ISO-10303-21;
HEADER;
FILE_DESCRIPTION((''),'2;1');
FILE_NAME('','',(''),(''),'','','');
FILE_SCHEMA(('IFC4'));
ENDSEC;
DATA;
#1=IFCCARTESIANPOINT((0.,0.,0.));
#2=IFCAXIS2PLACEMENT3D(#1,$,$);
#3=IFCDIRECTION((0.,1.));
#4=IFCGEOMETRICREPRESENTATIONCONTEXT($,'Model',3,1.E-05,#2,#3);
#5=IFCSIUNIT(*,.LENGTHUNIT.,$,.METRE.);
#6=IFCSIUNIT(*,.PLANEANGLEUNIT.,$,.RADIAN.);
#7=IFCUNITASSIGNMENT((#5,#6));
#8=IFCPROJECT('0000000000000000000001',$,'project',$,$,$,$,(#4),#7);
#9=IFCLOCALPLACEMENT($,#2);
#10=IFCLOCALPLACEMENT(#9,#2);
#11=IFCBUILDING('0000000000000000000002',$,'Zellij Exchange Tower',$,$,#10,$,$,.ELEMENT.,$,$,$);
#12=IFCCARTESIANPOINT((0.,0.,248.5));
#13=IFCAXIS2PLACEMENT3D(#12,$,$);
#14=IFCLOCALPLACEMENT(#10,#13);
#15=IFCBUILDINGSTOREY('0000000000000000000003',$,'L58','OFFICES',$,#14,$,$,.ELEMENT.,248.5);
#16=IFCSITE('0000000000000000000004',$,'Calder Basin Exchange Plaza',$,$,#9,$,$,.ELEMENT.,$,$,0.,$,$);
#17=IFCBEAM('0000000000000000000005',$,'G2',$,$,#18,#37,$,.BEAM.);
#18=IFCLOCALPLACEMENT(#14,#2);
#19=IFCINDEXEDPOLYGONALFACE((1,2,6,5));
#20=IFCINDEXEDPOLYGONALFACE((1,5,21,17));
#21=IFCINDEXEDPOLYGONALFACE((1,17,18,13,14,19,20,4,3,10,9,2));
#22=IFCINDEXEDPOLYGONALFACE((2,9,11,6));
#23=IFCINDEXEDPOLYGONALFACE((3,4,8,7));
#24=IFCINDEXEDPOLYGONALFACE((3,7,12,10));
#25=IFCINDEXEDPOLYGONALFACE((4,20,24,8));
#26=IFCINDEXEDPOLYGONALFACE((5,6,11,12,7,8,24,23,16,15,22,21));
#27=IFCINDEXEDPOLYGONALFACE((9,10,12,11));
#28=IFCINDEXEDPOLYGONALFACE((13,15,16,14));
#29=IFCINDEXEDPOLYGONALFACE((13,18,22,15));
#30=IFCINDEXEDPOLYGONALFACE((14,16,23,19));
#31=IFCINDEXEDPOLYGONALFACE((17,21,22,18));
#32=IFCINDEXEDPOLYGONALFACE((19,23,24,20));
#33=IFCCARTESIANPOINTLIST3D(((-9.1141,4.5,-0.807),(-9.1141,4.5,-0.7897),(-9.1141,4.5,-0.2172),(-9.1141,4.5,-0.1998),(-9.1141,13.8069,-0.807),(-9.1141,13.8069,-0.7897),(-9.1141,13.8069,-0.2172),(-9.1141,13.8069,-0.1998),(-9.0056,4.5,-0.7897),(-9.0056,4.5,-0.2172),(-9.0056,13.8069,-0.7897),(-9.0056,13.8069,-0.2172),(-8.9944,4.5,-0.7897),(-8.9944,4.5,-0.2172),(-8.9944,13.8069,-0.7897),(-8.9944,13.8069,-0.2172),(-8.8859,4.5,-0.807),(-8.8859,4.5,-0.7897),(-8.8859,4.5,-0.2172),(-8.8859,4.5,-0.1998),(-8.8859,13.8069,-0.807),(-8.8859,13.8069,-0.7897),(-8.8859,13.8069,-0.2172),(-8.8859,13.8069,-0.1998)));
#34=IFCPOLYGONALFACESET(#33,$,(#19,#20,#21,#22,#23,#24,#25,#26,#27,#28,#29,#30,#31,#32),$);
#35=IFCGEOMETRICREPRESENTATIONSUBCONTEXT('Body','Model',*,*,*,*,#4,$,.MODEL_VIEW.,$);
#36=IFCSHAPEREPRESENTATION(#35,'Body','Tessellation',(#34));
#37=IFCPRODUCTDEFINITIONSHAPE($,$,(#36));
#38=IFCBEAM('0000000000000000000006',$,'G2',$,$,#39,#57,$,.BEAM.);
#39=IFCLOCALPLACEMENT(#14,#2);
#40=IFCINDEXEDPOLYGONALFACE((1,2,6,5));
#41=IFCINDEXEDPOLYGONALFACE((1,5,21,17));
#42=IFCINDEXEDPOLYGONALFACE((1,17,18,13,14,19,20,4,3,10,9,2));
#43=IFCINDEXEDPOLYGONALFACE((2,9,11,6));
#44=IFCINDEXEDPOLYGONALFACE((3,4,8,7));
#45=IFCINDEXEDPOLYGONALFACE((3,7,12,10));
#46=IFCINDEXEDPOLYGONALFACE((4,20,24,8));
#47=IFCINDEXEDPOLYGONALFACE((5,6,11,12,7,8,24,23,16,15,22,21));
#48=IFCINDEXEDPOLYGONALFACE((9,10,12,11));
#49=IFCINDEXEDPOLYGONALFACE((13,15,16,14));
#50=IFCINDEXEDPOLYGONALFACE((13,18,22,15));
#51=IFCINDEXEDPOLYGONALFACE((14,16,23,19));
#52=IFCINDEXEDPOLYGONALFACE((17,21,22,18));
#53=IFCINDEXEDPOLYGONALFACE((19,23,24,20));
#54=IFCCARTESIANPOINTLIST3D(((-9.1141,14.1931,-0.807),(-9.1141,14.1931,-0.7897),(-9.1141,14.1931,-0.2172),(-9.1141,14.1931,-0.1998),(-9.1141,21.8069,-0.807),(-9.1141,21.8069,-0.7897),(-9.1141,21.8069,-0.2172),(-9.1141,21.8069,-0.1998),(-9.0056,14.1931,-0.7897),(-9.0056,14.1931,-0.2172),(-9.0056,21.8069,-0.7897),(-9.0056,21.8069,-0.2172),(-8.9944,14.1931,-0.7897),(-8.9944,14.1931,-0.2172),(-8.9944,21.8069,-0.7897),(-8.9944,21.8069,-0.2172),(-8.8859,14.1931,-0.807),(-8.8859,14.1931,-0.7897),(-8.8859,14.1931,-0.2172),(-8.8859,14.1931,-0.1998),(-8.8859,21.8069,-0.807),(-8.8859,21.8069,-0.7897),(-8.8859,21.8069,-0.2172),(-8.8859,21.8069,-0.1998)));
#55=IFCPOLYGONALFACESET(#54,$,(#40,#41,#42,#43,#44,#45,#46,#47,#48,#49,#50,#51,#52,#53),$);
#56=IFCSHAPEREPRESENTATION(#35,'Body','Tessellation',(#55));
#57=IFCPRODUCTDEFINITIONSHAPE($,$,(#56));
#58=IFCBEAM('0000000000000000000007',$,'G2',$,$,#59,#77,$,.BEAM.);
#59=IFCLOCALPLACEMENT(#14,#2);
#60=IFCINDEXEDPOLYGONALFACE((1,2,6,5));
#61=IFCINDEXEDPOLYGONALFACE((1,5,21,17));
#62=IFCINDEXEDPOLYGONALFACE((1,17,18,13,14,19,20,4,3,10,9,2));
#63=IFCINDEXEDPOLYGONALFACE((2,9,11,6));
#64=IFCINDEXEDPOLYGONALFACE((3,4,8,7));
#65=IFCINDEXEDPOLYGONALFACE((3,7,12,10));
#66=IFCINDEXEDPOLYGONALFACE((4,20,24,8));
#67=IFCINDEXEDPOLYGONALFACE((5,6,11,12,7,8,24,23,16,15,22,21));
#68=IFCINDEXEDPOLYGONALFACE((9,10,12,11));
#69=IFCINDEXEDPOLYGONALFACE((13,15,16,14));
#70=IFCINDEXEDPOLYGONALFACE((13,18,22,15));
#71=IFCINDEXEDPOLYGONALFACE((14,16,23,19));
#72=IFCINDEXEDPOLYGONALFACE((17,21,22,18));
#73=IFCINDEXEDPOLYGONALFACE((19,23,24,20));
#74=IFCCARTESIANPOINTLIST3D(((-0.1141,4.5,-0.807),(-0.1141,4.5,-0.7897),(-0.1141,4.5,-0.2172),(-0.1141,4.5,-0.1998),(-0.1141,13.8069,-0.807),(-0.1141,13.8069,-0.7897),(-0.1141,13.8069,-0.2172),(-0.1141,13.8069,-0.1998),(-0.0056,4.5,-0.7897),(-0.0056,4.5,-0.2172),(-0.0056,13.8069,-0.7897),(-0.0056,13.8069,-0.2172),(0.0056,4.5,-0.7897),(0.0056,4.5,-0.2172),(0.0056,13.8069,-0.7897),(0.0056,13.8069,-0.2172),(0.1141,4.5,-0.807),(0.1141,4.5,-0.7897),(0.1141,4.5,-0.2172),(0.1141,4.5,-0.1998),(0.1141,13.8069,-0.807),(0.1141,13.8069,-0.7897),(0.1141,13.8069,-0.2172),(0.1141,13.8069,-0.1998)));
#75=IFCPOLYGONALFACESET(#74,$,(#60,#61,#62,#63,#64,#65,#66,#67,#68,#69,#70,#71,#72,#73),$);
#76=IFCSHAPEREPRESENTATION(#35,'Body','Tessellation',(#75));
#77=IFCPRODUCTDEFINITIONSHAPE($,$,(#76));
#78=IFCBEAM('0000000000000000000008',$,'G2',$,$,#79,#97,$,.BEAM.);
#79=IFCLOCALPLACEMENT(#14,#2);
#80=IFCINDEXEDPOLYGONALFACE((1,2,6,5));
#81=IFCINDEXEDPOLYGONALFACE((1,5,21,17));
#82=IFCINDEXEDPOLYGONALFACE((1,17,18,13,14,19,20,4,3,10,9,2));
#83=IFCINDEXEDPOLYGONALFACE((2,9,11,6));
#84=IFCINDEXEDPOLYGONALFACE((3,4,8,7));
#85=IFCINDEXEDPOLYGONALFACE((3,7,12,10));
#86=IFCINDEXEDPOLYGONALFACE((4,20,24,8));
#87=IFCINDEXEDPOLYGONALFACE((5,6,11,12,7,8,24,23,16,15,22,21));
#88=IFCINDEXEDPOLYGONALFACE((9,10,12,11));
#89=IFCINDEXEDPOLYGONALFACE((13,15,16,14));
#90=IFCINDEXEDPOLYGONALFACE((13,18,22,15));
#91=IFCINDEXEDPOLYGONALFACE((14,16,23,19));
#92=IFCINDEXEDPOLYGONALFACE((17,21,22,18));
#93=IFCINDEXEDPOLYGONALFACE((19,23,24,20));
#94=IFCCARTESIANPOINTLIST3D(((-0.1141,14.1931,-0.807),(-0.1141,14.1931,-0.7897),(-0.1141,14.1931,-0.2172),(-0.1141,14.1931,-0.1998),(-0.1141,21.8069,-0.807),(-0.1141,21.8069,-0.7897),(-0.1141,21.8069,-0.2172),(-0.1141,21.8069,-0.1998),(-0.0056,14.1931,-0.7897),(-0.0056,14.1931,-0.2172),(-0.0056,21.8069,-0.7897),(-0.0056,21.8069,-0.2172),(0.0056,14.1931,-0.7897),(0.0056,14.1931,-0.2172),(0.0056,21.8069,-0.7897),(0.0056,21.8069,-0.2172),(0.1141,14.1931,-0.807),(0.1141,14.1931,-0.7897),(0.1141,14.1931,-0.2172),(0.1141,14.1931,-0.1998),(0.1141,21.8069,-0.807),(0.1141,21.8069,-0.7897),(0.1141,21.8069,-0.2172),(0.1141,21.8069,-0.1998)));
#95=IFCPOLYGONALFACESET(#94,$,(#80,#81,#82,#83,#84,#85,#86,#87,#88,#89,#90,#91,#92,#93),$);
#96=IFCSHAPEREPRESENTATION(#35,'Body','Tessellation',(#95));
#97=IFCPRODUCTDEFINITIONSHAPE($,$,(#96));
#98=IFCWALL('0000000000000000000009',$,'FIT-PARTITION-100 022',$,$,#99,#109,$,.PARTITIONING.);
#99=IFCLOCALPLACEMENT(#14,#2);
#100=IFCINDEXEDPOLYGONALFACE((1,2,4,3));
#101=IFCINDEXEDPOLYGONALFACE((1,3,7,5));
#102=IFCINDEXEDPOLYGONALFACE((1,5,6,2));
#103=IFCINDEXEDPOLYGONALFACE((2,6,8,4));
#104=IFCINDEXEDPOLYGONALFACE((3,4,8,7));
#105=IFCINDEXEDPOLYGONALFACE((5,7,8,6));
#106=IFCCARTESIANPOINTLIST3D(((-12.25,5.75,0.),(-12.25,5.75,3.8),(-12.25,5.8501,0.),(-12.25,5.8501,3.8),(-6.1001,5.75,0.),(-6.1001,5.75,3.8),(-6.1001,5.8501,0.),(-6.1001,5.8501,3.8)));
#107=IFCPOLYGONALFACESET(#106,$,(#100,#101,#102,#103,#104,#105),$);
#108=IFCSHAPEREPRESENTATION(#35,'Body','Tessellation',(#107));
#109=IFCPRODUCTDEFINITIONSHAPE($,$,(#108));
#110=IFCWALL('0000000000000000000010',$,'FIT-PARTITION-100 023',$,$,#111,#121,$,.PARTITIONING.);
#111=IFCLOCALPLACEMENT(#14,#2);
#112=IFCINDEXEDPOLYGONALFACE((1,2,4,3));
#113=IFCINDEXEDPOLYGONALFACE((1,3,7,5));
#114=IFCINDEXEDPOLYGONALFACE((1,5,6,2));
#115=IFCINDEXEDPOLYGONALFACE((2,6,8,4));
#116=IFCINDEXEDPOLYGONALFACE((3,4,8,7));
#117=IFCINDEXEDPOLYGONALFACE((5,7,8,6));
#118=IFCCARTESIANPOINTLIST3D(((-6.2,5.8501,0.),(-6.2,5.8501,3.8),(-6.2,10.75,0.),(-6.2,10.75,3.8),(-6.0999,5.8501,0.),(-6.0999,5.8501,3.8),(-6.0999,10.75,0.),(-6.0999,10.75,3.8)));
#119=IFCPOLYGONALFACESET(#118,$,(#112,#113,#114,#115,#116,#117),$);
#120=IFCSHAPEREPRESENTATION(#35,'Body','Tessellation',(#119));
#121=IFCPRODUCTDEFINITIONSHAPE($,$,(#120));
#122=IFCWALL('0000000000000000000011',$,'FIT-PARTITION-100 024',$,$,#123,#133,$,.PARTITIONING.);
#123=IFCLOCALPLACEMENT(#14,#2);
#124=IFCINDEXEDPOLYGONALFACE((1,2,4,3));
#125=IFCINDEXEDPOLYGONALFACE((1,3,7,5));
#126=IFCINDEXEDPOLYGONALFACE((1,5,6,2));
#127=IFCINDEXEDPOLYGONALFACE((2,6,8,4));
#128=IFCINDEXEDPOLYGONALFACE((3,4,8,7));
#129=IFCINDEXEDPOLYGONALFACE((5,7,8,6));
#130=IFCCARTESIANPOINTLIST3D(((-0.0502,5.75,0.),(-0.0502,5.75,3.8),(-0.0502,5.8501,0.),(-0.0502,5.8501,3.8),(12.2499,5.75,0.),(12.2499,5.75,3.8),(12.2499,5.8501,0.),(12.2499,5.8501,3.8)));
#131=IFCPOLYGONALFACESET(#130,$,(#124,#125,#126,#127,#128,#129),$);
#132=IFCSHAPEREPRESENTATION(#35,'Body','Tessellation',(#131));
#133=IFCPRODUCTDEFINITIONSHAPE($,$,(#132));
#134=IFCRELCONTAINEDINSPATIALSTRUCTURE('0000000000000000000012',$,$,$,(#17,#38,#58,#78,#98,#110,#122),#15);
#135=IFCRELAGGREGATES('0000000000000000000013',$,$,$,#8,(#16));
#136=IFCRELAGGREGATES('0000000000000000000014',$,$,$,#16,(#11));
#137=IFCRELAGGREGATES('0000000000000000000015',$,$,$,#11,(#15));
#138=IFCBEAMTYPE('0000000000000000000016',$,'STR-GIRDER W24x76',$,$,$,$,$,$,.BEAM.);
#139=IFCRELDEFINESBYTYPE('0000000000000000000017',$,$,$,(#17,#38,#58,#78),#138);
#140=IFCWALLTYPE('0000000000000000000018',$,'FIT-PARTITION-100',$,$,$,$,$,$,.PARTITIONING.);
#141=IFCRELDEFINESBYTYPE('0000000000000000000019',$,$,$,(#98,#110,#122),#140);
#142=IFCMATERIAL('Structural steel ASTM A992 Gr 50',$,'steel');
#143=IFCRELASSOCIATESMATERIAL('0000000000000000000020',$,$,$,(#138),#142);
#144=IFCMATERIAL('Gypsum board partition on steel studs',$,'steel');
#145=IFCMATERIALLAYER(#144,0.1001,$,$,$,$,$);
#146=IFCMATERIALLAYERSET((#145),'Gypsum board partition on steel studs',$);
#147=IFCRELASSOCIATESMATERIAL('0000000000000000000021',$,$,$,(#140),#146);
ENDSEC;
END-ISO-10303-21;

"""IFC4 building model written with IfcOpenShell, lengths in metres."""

from ifc_helpers import new_model, si_unit, direction, frame, frame_2d, origin, origin_2d, place, context, subcontext, project, spatial, rectangle, i_section, extrude, material, layer, layer_set, material_profile, profile_set, type_object, element, save


model = new_model("IFC4")

# Units and contexts
model_context = context("Model", 3, precision=1e-05, world=origin(), true_north=direction((0.0, 1.0)))
body_context = subcontext(model_context, "Body", "Model", "MODEL_VIEW")
ifc_project = project(units=[si_unit("LENGTHUNIT", "METRE"), si_unit("PLANEANGLEUNIT", "RADIAN")], contexts=[model_context])

# Site, building, storey
site_placement = place(None, origin())
site = spatial("IfcSite", under=ifc_project, at=site_placement, Name="Calder Basin Exchange Plaza", CompositionType="ELEMENT", RefElevation=0.0)
building_placement = place(site_placement, origin())
building = spatial("IfcBuilding", under=site, at=building_placement, Name="Zellij Exchange Tower", CompositionType="ELEMENT")
storey_placement = place(building_placement, frame((0.0, 0.0, 248.5)))
storey = spatial("IfcBuildingStorey", under=building, at=storey_placement, Name="L58", Description="OFFICES", CompositionType="ELEMENT", Elevation=248.5)

# Shared definitions
ifc_material_1 = material(Name="Structural steel ASTM A992 Gr 50", Category="steel")

# Beams
ifc_material_profile_1 = material_profile(ifc_material_1, i_section(OverallWidth=0.2283, OverallDepth=0.6072, WebThickness=0.0112, FlangeThickness=0.0173, at=origin_2d()), Name="W24x76")
ifc_profile_set_1 = profile_set([ifc_material_profile_1], Name="Structural steel ASTM A992 Gr 50")
beam_type = type_object("IfcBeamType", Name="STR-GIRDER W24x76", PredefinedType="BEAM", material=ifc_profile_set_1)
beam_1_placement = place(storey_placement, frame((-9.0, 4.5, -0.5034), z_axis=(0.0, 1.0, 0.0), x_axis=(-1.0, 0.0, 0.0)))
element("IfcBeam", 1, at=beam_1_placement, inside=storey, type_object=beam_type, Name="G2", PredefinedType="BEAM", context=body_context, shape_type="SweptSolid", body=[
    extrude(i_section(OverallWidth=0.2283, OverallDepth=0.6072, WebThickness=0.0112, FlangeThickness=0.0173, at=origin_2d()), origin(), (0.0, 0.0, 1.0), 9.3069),
])
beam_2_placement = place(storey_placement, frame((-9.0, 14.1931, -0.5034), z_axis=(0.0, 1.0, 0.0), x_axis=(-1.0, 0.0, 0.0)))
element("IfcBeam", 2, at=beam_2_placement, inside=storey, type_object=beam_type, Name="G2", PredefinedType="BEAM", context=body_context, shape_type="SweptSolid", body=[
    extrude(i_section(OverallWidth=0.2283, OverallDepth=0.6072, WebThickness=0.0112, FlangeThickness=0.0173, at=origin_2d()), origin(), (0.0, 0.0, 1.0), 7.6138),
])
beam_3_placement = place(storey_placement, frame((0.0, 4.5, -0.5034), z_axis=(0.0, 1.0, 0.0), x_axis=(-1.0, 0.0, 0.0)))
element("IfcBeam", 3, at=beam_3_placement, inside=storey, type_object=beam_type, Name="G2", PredefinedType="BEAM", context=body_context, shape_type="SweptSolid", body=[
    extrude(i_section(OverallWidth=0.2283, OverallDepth=0.6072, WebThickness=0.0112, FlangeThickness=0.0173, at=origin_2d()), origin(), (0.0, 0.0, 1.0), 9.3069),
])
beam_4_placement = place(storey_placement, frame((0.0, 14.1931, -0.5034), z_axis=(0.0, 1.0, 0.0), x_axis=(-1.0, 0.0, 0.0)))
element("IfcBeam", 4, at=beam_4_placement, inside=storey, type_object=beam_type, Name="G2", PredefinedType="BEAM", context=body_context, shape_type="SweptSolid", body=[
    extrude(i_section(OverallWidth=0.2283, OverallDepth=0.6072, WebThickness=0.0112, FlangeThickness=0.0173, at=origin_2d()), origin(), (0.0, 0.0, 1.0), 7.6138),
])

# Walls
ifc_material_2 = material(Name="Gypsum board partition on steel studs", Category="steel")
ifc_layer = layer(ifc_material_2, 0.1001)
ifc_layer_set = layer_set([ifc_layer], Name="Gypsum board partition on steel studs")
wall_type = type_object("IfcWallType", Name="FIT-PARTITION-100", PredefinedType="PARTITIONING", material=ifc_layer_set)
wall_1_placement = place(storey_placement, frame((-12.25, 5.8, 0.0), z_axis=(0.0, 0.0, 1.0), x_axis=(1.0, 0.0, 0.0)))
element("IfcWall", 5, at=wall_1_placement, inside=storey, type_object=wall_type, Name="FIT-PARTITION-100 022", PredefinedType="PARTITIONING", context=body_context, shape_type="SweptSolid", body=[
    extrude(rectangle(XDim=6.1499, YDim=0.1001, at=frame_2d((3.075, 0.0))), origin(), (0.0, 0.0, 1.0), 3.8),
])
wall_2_placement = place(storey_placement, frame((-6.1499, 5.8501, 0.0), z_axis=(0.0, 0.0, 1.0), x_axis=(0.0, 1.0, 0.0)))
element("IfcWall", 6, at=wall_2_placement, inside=storey, type_object=wall_type, Name="FIT-PARTITION-100 023", PredefinedType="PARTITIONING", context=body_context, shape_type="SweptSolid", body=[
    extrude(rectangle(XDim=4.8999, YDim=0.1001, at=frame_2d((2.45, 0.0))), origin(), (0.0, 0.0, 1.0), 3.8),
])
wall_3_placement = place(storey_placement, frame((-0.05, 5.8, 0.0), z_axis=(0.0, 0.0, 1.0), x_axis=(1.0, 0.0, 0.0)))
element("IfcWall", 7, at=wall_3_placement, inside=storey, type_object=wall_type, Name="FIT-PARTITION-100 024", PredefinedType="PARTITIONING", context=body_context, shape_type="SweptSolid", body=[
    extrude(rectangle(XDim=12.3, YDim=0.1001, at=frame_2d((6.1499, 0.0))), origin(), (0.0, 0.0, 1.0), 3.8),
])

save(model, "model.ifc")
